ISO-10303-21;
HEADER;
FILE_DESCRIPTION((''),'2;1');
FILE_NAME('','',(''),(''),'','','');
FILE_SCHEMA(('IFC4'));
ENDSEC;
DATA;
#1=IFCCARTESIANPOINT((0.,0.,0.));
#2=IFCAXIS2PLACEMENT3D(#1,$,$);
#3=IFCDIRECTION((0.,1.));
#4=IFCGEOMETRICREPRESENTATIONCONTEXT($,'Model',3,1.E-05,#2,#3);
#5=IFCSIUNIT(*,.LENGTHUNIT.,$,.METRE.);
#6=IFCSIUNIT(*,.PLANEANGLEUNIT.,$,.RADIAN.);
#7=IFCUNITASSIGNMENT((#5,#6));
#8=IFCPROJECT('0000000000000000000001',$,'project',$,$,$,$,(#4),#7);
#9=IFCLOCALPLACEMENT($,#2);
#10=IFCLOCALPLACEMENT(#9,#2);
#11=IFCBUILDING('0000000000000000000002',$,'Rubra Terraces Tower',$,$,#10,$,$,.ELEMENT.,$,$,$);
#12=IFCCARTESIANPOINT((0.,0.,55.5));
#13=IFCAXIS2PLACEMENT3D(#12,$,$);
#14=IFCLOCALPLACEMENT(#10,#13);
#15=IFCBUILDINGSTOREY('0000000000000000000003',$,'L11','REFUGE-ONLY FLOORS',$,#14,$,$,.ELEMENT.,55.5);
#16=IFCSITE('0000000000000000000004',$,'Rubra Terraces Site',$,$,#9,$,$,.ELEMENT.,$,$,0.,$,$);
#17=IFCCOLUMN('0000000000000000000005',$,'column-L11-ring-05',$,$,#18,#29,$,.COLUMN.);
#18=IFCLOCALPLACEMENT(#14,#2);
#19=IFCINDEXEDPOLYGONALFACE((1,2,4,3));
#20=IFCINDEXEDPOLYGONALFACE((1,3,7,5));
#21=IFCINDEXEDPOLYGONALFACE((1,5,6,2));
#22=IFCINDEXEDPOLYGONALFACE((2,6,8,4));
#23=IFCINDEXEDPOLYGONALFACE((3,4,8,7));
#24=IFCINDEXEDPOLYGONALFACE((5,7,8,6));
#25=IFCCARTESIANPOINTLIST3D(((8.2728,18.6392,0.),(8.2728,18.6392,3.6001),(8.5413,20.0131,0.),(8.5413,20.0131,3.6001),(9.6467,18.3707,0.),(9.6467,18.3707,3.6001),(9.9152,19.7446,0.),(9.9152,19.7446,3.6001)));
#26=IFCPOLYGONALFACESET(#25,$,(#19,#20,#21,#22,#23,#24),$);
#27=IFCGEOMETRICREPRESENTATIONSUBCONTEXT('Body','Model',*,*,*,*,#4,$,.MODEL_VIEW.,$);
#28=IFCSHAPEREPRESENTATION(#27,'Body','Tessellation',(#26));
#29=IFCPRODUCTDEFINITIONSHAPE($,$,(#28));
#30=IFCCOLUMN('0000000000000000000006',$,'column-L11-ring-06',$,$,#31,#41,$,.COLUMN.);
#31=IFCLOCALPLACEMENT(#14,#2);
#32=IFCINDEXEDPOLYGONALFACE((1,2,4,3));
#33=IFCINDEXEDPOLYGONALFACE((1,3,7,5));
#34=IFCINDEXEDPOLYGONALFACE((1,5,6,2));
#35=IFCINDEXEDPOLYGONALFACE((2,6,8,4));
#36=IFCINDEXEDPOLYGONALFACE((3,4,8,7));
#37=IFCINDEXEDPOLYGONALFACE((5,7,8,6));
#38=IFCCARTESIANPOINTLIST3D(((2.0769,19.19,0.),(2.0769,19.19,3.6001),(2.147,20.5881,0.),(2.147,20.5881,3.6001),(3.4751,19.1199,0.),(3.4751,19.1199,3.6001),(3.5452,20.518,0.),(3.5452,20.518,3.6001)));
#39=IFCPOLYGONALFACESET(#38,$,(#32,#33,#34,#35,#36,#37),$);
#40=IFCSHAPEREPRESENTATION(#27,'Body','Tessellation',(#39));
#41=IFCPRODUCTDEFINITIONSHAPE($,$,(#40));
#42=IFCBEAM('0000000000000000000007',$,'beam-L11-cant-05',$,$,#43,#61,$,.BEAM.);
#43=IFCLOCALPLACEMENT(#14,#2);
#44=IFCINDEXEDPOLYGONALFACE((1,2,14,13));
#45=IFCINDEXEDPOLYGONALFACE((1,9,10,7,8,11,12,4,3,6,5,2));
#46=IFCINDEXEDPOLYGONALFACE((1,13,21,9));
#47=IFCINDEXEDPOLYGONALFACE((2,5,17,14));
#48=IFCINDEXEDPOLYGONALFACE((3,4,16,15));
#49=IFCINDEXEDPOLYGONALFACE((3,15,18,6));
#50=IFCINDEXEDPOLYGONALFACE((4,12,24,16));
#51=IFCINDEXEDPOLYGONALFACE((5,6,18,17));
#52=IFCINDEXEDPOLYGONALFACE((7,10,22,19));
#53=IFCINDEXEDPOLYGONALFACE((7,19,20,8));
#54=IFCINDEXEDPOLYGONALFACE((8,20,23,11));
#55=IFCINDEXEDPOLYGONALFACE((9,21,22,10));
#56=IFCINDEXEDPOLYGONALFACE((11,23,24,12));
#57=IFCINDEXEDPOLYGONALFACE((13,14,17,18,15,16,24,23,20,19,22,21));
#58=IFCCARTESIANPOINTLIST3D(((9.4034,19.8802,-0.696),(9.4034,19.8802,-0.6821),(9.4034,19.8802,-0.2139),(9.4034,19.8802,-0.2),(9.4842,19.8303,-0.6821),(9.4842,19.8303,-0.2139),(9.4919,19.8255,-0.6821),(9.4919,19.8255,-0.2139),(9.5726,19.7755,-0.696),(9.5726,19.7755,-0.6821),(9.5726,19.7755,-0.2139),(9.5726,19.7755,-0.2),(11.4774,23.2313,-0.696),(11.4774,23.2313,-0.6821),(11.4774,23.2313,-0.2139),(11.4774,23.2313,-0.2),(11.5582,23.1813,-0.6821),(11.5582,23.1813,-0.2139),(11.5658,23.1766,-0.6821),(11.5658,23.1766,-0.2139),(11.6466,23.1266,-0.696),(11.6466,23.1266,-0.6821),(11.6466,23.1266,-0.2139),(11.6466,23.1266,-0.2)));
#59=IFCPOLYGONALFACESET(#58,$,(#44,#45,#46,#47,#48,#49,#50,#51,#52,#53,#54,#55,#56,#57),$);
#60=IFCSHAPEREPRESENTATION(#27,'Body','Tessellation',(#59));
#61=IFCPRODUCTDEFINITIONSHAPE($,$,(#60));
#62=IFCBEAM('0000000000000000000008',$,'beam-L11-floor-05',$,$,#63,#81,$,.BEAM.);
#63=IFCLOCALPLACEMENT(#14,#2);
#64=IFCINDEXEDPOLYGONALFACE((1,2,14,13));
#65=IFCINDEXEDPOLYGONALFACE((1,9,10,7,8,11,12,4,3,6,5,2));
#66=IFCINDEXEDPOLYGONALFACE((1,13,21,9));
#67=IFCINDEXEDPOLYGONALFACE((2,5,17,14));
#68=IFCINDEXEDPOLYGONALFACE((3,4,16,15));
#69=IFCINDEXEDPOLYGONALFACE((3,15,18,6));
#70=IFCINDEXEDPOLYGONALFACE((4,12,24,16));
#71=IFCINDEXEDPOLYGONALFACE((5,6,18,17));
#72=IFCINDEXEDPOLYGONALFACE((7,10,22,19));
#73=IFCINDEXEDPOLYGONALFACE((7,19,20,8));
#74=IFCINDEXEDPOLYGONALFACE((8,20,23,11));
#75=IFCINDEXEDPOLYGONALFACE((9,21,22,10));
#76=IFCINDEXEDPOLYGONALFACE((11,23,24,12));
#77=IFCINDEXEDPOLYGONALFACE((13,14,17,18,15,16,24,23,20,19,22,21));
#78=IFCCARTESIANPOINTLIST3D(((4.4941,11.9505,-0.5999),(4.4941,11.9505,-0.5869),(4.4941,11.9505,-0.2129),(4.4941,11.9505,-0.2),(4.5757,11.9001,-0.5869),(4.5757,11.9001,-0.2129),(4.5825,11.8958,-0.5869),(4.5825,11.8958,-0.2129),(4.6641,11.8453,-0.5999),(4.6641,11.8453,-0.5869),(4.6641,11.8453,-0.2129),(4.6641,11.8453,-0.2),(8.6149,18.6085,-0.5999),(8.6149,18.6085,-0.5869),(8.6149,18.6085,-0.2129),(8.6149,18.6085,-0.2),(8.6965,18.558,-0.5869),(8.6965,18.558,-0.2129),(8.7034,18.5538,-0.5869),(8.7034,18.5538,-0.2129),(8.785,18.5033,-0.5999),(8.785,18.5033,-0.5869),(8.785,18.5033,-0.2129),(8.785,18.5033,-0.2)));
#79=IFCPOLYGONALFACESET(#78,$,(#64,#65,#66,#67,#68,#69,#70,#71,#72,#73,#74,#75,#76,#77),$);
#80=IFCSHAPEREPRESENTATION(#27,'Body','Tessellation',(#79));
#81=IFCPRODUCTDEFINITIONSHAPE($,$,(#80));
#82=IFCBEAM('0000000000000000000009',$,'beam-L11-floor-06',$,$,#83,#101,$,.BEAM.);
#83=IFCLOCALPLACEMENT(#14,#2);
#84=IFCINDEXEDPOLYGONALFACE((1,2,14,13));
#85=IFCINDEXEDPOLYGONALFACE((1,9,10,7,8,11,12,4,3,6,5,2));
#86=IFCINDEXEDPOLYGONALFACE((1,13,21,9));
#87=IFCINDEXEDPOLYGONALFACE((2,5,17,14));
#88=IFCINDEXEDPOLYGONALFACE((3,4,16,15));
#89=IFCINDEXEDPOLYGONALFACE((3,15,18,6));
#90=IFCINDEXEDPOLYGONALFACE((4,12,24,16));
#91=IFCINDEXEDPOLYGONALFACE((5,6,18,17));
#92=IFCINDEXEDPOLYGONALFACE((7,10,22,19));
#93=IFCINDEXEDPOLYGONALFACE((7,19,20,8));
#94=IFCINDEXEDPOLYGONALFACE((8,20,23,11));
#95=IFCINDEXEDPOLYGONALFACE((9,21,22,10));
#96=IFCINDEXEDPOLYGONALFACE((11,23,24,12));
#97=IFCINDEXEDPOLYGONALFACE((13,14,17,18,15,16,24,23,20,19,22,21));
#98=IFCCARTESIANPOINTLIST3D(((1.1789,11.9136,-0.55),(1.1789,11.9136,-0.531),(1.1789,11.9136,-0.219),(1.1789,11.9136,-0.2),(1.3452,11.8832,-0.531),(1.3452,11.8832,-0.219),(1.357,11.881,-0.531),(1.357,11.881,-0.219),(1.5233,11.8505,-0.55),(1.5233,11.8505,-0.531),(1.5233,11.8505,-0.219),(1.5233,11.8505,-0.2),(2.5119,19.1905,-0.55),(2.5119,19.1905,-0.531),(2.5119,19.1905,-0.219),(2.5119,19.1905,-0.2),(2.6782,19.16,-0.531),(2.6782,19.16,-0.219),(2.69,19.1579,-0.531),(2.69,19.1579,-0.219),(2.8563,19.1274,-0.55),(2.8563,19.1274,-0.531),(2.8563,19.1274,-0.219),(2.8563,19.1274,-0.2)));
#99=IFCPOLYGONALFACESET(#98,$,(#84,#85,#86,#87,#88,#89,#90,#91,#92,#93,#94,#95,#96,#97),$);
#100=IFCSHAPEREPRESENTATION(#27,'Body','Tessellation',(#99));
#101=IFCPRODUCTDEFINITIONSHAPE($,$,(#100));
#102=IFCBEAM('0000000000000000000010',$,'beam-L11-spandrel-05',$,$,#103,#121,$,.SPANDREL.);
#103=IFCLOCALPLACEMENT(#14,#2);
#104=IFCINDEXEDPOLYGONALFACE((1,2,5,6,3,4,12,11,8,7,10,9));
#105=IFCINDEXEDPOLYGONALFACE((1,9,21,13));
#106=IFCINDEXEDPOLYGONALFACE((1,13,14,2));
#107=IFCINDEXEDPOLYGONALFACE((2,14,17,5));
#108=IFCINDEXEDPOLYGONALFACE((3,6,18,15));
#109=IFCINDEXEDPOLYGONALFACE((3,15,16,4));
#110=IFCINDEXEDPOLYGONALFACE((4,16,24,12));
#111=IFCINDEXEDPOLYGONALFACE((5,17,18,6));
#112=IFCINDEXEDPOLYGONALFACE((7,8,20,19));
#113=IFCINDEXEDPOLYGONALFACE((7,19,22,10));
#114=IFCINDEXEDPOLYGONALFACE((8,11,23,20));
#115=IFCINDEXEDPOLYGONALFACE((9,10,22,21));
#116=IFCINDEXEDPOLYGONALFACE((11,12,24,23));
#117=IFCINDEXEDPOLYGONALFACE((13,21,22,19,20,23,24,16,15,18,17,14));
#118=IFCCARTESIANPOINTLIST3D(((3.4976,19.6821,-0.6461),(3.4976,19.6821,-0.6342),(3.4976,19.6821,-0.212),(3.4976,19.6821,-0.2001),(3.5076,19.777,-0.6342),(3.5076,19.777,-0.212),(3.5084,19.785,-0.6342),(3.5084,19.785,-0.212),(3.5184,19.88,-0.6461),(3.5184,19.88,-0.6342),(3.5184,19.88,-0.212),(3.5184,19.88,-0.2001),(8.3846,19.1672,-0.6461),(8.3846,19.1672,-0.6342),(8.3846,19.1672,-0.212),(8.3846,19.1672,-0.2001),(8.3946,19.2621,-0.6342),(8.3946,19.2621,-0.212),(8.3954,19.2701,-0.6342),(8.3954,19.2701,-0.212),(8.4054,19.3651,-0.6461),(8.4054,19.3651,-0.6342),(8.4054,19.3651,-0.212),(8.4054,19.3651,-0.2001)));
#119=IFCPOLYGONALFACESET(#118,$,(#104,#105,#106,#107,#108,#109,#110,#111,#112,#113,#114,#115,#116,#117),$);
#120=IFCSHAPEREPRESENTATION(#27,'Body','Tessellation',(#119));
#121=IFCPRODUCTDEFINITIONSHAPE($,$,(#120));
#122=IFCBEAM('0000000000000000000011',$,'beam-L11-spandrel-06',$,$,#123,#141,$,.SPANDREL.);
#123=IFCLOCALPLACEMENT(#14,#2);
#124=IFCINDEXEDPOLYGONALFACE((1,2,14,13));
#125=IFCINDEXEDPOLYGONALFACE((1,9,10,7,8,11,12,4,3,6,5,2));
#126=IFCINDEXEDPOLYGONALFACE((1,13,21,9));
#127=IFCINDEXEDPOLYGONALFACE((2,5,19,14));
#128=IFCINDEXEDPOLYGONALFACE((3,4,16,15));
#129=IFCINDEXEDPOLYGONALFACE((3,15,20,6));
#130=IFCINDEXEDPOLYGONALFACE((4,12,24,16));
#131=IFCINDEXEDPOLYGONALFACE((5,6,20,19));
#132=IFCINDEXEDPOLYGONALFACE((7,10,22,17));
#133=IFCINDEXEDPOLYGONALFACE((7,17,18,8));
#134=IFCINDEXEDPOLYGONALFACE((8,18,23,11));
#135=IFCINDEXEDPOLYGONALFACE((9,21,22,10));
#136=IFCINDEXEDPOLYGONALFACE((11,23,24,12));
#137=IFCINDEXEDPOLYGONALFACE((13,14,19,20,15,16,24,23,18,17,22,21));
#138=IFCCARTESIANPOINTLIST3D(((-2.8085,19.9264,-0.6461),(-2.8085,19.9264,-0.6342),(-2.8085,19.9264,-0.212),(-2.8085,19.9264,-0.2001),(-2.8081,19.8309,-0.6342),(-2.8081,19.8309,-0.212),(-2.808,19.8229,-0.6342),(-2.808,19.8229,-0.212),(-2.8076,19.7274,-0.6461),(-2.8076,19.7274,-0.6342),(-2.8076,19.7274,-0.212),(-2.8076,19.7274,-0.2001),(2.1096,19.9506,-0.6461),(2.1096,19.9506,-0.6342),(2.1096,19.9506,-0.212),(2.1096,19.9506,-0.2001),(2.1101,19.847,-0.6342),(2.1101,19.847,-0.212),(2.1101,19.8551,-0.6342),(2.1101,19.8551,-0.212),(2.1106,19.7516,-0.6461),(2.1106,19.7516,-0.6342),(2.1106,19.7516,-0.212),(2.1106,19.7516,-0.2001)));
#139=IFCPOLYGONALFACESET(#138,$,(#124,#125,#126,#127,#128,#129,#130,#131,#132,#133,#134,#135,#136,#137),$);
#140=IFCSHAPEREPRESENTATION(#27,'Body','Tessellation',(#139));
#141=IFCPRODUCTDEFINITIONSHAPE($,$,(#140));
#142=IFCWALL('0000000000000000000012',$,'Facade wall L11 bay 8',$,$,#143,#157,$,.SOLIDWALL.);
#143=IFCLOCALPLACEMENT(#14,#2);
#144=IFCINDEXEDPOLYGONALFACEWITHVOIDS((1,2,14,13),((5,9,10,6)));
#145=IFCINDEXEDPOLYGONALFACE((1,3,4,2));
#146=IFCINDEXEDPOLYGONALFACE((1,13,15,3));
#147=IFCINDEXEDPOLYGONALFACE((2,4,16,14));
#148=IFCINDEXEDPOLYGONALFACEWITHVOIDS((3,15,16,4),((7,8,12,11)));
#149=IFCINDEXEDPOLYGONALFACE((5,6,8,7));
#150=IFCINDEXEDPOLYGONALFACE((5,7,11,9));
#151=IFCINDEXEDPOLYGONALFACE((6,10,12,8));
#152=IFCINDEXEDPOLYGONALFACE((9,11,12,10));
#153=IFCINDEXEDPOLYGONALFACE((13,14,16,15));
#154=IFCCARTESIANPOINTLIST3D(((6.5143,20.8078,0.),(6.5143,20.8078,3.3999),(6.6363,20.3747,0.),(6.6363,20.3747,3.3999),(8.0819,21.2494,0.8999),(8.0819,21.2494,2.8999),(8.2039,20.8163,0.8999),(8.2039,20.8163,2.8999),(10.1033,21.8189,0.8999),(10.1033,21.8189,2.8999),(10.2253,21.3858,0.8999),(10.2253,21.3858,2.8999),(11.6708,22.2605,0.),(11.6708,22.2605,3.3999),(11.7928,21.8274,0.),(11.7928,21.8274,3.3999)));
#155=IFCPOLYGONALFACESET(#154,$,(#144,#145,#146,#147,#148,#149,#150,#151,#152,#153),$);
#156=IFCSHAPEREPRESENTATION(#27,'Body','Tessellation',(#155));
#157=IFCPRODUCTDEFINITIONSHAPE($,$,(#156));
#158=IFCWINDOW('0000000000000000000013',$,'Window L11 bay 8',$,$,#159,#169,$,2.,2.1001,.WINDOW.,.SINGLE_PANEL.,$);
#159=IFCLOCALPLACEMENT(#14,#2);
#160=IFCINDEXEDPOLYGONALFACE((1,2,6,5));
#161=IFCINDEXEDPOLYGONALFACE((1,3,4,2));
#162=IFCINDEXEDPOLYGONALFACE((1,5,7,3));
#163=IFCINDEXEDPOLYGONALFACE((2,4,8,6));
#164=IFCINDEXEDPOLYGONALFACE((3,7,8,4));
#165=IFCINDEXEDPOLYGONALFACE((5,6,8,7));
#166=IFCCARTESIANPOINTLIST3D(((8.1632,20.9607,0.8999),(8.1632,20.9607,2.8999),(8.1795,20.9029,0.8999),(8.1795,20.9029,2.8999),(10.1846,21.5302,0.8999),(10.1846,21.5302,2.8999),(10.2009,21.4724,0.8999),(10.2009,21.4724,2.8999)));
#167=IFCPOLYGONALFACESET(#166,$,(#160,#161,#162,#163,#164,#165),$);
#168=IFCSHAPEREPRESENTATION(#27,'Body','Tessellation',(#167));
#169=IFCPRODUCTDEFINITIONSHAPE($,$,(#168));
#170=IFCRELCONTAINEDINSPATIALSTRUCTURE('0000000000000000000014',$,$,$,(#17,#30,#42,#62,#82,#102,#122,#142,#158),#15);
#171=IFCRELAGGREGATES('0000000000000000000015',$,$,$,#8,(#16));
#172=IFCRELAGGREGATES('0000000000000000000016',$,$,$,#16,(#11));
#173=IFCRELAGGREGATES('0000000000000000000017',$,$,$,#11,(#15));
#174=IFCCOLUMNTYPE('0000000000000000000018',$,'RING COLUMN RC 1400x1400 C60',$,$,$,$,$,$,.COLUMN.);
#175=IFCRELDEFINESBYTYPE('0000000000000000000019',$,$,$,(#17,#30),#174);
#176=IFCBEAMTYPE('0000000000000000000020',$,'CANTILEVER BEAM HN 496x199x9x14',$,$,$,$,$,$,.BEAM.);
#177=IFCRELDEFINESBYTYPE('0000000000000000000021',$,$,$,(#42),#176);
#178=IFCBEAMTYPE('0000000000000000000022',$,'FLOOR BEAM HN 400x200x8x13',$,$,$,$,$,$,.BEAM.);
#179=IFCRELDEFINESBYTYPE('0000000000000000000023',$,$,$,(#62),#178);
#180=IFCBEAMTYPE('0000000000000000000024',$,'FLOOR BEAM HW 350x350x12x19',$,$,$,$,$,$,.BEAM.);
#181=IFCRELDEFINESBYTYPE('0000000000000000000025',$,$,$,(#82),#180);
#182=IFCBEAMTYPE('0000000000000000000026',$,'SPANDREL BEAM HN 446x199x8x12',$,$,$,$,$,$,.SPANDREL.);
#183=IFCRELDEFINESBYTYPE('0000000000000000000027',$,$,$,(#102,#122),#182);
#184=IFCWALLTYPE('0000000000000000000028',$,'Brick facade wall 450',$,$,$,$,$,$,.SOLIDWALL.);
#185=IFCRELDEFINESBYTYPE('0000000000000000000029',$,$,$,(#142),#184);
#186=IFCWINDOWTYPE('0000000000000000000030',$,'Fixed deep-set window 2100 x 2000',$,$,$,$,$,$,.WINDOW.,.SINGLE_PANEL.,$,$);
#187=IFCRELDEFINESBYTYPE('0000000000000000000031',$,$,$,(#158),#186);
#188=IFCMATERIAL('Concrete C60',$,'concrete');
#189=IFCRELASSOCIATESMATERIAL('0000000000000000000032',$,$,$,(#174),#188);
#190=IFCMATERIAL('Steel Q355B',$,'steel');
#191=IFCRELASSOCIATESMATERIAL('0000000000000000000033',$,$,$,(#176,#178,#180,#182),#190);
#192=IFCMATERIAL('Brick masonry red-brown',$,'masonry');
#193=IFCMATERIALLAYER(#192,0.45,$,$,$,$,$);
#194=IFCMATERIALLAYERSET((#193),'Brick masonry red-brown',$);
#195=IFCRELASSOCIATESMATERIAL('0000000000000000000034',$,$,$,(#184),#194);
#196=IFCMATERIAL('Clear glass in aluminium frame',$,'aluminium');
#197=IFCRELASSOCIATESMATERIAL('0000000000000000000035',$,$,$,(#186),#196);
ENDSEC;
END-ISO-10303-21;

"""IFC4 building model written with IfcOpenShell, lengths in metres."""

from ifc_helpers import new_model, si_unit, direction, frame, frame_2d, origin, origin_2d, place, context, subcontext, project, spatial, rectangle, i_section, extrude, material, layer, layer_set, material_profile, profile_set, type_object, element, fill, save


model = new_model("IFC4")

# Units and contexts
model_context = context("Model", 3, precision=1e-05, world=origin(), true_north=direction((0.0, 1.0)))
body_context = subcontext(model_context, "Body", "Model", "MODEL_VIEW")
ifc_project = project(units=[si_unit("LENGTHUNIT", "METRE"), si_unit("PLANEANGLEUNIT", "RADIAN")], contexts=[model_context])

# Site, building, storey
site_placement = place(None, origin())
site = spatial("IfcSite", under=ifc_project, at=site_placement, Name="Rubra Terraces Site", CompositionType="ELEMENT", RefElevation=0.0)
building_placement = place(site_placement, origin())
building = spatial("IfcBuilding", under=site, at=building_placement, Name="Rubra Terraces Tower", CompositionType="ELEMENT")
storey_placement = place(building_placement, frame((0.0, 0.0, 55.5)))
storey = spatial("IfcBuildingStorey", under=building, at=storey_placement, Name="L11", Description="REFUGE-ONLY FLOORS", CompositionType="ELEMENT", Elevation=55.5)

# Columns
ifc_material_1 = material(Name="Concrete C60", Category="concrete")
ifc_material_profile_1 = material_profile(ifc_material_1, rectangle(XDim=1.3999, YDim=1.3999, at=origin_2d()), Name="RC 1400x1400")
ifc_profile_set_1 = profile_set([ifc_material_profile_1], Name="Concrete C60")
column_type = type_object("IfcColumnType", Name="RING COLUMN RC 1400x1400 C60", PredefinedType="COLUMN", material=ifc_profile_set_1)
for number, where, z_axis, x_axis, name in (
    (1, (9.094, 19.1919, 0.0), (0.0, 0.0, 1.0), (-0.98143, 0.191819, 0.0), "column-L11-ring-05"),
    (2, (2.811, 19.854, 0.0), (0.0, 0.0, 1.0), (-0.998745, 0.050084, 0.0), "column-L11-ring-06"),
):
    element("IfcColumn", number, at=place(storey_placement, frame(where, z_axis=z_axis, x_axis=x_axis)), inside=storey, type_object=column_type, Name=name, PredefinedType="COLUMN", context=body_context, shape_type="SweptSolid", body=[
        extrude(rectangle(XDim=1.3999, YDim=1.3999, at=origin_2d()), origin(), (0.0, 0.0, 1.0), 3.6001),
    ])

# Beams
ifc_material_2 = material(Name="Steel Q355B", Category="steel")
ifc_material_profile_2 = material_profile(ifc_material_2, i_section(OverallWidth=0.199, OverallDepth=0.4961, WebThickness=0.009, FlangeThickness=0.0139, at=origin_2d()), Name="HN 496x199x9x14")
ifc_profile_set_2 = profile_set([ifc_material_profile_2], Name="Steel Q355B")
beam_type_1 = type_object("IfcBeamType", Name="CANTILEVER BEAM HN 496x199x9x14", PredefinedType="BEAM", material=ifc_profile_set_2)
beam_1_placement = place(storey_placement, frame((9.488, 19.8279, -0.448), z_axis=(0.526263, 0.850322, 0.0), x_axis=(-0.850322, 0.526263, 0.0)))
element("IfcBeam", 3, at=beam_1_placement, inside=storey, type_object=beam_type_1, Name="beam-L11-cant-05", PredefinedType="BEAM", context=body_context, shape_type="SweptSolid", body=[
    extrude(i_section(OverallWidth=0.199, OverallDepth=0.4961, WebThickness=0.009, FlangeThickness=0.0139, at=origin_2d()), origin(), (0.0, 0.0, 1.0), 3.9409),
])
ifc_material_profile_3 = material_profile(ifc_material_2, i_section(OverallWidth=0.2, OverallDepth=0.3999, WebThickness=0.0081, FlangeThickness=0.0129, at=origin_2d()), Name="HN 400x200x8x13")
ifc_profile_set_3 = profile_set([ifc_material_profile_3], Name="Steel Q355B")
beam_type_2 = type_object("IfcBeamType", Name="FLOOR BEAM HN 400x200x8x13", PredefinedType="BEAM", material=ifc_profile_set_3)
beam_2_placement = place(storey_placement, frame((8.7, 18.5559, -0.3999), z_axis=(-0.526286, -0.850308, 0.0), x_axis=(0.850308, -0.526286, 0.0)))
element("IfcBeam", 4, at=beam_2_placement, inside=storey, type_object=beam_type_2, Name="beam-L11-floor-05", PredefinedType="BEAM", context=body_context, shape_type="SweptSolid", body=[
    extrude(i_section(OverallWidth=0.2, OverallDepth=0.3999, WebThickness=0.0081, FlangeThickness=0.0129, at=origin_2d()), origin(), (0.0, 0.0, 1.0), 7.8301),
])
ifc_material_profile_4 = material_profile(ifc_material_2, i_section(OverallWidth=0.3501, OverallDepth=0.3501, WebThickness=0.012, FlangeThickness=0.019, at=origin_2d()), Name="HW 350x350x12x19")
ifc_profile_set_4 = profile_set([ifc_material_profile_4], Name="Steel Q355B")
beam_type_3 = type_object("IfcBeamType", Name="FLOOR BEAM HW 350x350x12x19", PredefinedType="BEAM", material=ifc_profile_set_4)
beam_3_placement = place(storey_placement, frame((2.6841, 19.1589, -0.375), z_axis=(-0.180186, -0.983632, 0.0), x_axis=(0.983632, -0.180186, 0.0)))
element("IfcBeam", 5, at=beam_3_placement, inside=storey, type_object=beam_type_3, Name="beam-L11-floor-06", PredefinedType="BEAM", context=body_context, shape_type="SweptSolid", body=[
    extrude(i_section(OverallWidth=0.3501, OverallDepth=0.3501, WebThickness=0.012, FlangeThickness=0.019, at=origin_2d()), origin(), (0.0, 0.0, 1.0), 7.3979),
])
ifc_material_profile_5 = material_profile(ifc_material_2, i_section(OverallWidth=0.199, OverallDepth=0.446, WebThickness=0.0081, FlangeThickness=0.012, at=origin_2d()), Name="HN 446x199x8x12")
ifc_profile_set_5 = profile_set([ifc_material_profile_5], Name="Steel Q355B")
beam_type_4 = type_object("IfcBeamType", Name="SPANDREL BEAM HN 446x199x8x12", PredefinedType="SPANDREL", material=ifc_profile_set_5)
beam_4_placement = place(storey_placement, frame((8.395, 19.2661, -0.4231), z_axis=(-0.994495, 0.10478, 0.0), x_axis=(-0.10478, -0.994495, 0.0)))
element("IfcBeam", 6, at=beam_4_placement, inside=storey, type_object=beam_type_4, Name="beam-L11-spandrel-05", PredefinedType="SPANDREL", context=body_context, shape_type="SweptSolid", body=[
    extrude(i_section(OverallWidth=0.199, OverallDepth=0.446, WebThickness=0.0081, FlangeThickness=0.012, at=origin_2d()), origin(), (0.0, 0.0, 1.0), 4.9141),
])
beam_5_placement = place(storey_placement, frame((2.1101, 19.8511, -0.4231), z_axis=(-0.999988, -0.004914, 0.0), x_axis=(0.004914, -0.999988, 0.0)))
element("IfcBeam", 7, at=beam_5_placement, inside=storey, type_object=beam_type_4, Name="beam-L11-spandrel-06", PredefinedType="SPANDREL", context=body_context, shape_type="SweptSolid", body=[
    extrude(i_section(OverallWidth=0.199, OverallDepth=0.446, WebThickness=0.0081, FlangeThickness=0.012, at=origin_2d()), origin(), (0.0, 0.0, 1.0), 4.9182),
])

# Wall, opening, window
ifc_material_3 = material(Name="Brick masonry red-brown", Category="masonry")
ifc_layer_1 = layer(ifc_material_3, 0.45)
ifc_layer_set_1 = layer_set([ifc_layer_1], Name="Brick masonry red-brown")
wall_type_1 = type_object("IfcWallType", Name="Brick facade wall 450", PredefinedType="SOLIDWALL", material=ifc_layer_set_1)
wall_1_placement = place(storey_placement, frame((11.7319, 22.0439, 0.0), z_axis=(0.0, 0.0, 1.0), x_axis=(-0.962535, -0.271156, 0.0)))
wall_1 = element("IfcWall", 8, at=wall_1_placement, inside=storey, type_object=wall_type_1, Name="Facade wall L11 bay 8", PredefinedType="SOLIDWALL", context=body_context, shape_type="SweptSolid", body=[
    extrude(rectangle(XDim=5.3572, YDim=0.45, at=frame_2d((2.6787, 0.0))), origin(), (0.0, 0.0, 1.0), 3.3999),
])
opening_1_placement = place(wall_1_placement, frame((1.6287, 0.0, 0.8999)))
opening_1 = element("IfcOpeningElement", 9, at=opening_1_placement, cuts=wall_1, PredefinedType="OPENING", context=body_context, shape_type="SweptSolid", body=[
    extrude(rectangle(XDim=2.1001, YDim=2.0, at=frame_2d((1.05, 1.0))), frame((0.0, 0.2349, 0.0), z_axis=(0.0, -1.0, 0.0), x_axis=(1.0, 0.0, 0.0)), (0.0, 0.0, 1.0), 0.47),
])
ifc_material_4 = material(Name="Clear glass in aluminium frame", Category="aluminium")
window_type_1 = type_object("IfcWindowType", Name="Fixed deep-set window 2100 x 2000", PartitioningType="SINGLE_PANEL", PredefinedType="WINDOW", material=ifc_material_4)
window_1_placement = place(opening_1_placement, origin())
window_1 = element("IfcWindow", 10, at=window_1_placement, inside=storey, type_object=window_type_1, Name="Window L11 bay 8", OverallHeight=2.0, OverallWidth=2.1001, PartitioningType="SINGLE_PANEL", PredefinedType="WINDOW", context=body_context, shape_type="SweptSolid", body=[
    extrude(rectangle(XDim=2.1001, YDim=2.0, at=frame_2d((1.05, 1.0))), frame((0.0, 0.135, 0.0), z_axis=(0.0, -1.0, 0.0), x_axis=(1.0, 0.0, 0.0)), (0.0, 0.0, 1.0), 0.0601),
])
fill(opening_1, window_1)

save(model, "model.ifc")
